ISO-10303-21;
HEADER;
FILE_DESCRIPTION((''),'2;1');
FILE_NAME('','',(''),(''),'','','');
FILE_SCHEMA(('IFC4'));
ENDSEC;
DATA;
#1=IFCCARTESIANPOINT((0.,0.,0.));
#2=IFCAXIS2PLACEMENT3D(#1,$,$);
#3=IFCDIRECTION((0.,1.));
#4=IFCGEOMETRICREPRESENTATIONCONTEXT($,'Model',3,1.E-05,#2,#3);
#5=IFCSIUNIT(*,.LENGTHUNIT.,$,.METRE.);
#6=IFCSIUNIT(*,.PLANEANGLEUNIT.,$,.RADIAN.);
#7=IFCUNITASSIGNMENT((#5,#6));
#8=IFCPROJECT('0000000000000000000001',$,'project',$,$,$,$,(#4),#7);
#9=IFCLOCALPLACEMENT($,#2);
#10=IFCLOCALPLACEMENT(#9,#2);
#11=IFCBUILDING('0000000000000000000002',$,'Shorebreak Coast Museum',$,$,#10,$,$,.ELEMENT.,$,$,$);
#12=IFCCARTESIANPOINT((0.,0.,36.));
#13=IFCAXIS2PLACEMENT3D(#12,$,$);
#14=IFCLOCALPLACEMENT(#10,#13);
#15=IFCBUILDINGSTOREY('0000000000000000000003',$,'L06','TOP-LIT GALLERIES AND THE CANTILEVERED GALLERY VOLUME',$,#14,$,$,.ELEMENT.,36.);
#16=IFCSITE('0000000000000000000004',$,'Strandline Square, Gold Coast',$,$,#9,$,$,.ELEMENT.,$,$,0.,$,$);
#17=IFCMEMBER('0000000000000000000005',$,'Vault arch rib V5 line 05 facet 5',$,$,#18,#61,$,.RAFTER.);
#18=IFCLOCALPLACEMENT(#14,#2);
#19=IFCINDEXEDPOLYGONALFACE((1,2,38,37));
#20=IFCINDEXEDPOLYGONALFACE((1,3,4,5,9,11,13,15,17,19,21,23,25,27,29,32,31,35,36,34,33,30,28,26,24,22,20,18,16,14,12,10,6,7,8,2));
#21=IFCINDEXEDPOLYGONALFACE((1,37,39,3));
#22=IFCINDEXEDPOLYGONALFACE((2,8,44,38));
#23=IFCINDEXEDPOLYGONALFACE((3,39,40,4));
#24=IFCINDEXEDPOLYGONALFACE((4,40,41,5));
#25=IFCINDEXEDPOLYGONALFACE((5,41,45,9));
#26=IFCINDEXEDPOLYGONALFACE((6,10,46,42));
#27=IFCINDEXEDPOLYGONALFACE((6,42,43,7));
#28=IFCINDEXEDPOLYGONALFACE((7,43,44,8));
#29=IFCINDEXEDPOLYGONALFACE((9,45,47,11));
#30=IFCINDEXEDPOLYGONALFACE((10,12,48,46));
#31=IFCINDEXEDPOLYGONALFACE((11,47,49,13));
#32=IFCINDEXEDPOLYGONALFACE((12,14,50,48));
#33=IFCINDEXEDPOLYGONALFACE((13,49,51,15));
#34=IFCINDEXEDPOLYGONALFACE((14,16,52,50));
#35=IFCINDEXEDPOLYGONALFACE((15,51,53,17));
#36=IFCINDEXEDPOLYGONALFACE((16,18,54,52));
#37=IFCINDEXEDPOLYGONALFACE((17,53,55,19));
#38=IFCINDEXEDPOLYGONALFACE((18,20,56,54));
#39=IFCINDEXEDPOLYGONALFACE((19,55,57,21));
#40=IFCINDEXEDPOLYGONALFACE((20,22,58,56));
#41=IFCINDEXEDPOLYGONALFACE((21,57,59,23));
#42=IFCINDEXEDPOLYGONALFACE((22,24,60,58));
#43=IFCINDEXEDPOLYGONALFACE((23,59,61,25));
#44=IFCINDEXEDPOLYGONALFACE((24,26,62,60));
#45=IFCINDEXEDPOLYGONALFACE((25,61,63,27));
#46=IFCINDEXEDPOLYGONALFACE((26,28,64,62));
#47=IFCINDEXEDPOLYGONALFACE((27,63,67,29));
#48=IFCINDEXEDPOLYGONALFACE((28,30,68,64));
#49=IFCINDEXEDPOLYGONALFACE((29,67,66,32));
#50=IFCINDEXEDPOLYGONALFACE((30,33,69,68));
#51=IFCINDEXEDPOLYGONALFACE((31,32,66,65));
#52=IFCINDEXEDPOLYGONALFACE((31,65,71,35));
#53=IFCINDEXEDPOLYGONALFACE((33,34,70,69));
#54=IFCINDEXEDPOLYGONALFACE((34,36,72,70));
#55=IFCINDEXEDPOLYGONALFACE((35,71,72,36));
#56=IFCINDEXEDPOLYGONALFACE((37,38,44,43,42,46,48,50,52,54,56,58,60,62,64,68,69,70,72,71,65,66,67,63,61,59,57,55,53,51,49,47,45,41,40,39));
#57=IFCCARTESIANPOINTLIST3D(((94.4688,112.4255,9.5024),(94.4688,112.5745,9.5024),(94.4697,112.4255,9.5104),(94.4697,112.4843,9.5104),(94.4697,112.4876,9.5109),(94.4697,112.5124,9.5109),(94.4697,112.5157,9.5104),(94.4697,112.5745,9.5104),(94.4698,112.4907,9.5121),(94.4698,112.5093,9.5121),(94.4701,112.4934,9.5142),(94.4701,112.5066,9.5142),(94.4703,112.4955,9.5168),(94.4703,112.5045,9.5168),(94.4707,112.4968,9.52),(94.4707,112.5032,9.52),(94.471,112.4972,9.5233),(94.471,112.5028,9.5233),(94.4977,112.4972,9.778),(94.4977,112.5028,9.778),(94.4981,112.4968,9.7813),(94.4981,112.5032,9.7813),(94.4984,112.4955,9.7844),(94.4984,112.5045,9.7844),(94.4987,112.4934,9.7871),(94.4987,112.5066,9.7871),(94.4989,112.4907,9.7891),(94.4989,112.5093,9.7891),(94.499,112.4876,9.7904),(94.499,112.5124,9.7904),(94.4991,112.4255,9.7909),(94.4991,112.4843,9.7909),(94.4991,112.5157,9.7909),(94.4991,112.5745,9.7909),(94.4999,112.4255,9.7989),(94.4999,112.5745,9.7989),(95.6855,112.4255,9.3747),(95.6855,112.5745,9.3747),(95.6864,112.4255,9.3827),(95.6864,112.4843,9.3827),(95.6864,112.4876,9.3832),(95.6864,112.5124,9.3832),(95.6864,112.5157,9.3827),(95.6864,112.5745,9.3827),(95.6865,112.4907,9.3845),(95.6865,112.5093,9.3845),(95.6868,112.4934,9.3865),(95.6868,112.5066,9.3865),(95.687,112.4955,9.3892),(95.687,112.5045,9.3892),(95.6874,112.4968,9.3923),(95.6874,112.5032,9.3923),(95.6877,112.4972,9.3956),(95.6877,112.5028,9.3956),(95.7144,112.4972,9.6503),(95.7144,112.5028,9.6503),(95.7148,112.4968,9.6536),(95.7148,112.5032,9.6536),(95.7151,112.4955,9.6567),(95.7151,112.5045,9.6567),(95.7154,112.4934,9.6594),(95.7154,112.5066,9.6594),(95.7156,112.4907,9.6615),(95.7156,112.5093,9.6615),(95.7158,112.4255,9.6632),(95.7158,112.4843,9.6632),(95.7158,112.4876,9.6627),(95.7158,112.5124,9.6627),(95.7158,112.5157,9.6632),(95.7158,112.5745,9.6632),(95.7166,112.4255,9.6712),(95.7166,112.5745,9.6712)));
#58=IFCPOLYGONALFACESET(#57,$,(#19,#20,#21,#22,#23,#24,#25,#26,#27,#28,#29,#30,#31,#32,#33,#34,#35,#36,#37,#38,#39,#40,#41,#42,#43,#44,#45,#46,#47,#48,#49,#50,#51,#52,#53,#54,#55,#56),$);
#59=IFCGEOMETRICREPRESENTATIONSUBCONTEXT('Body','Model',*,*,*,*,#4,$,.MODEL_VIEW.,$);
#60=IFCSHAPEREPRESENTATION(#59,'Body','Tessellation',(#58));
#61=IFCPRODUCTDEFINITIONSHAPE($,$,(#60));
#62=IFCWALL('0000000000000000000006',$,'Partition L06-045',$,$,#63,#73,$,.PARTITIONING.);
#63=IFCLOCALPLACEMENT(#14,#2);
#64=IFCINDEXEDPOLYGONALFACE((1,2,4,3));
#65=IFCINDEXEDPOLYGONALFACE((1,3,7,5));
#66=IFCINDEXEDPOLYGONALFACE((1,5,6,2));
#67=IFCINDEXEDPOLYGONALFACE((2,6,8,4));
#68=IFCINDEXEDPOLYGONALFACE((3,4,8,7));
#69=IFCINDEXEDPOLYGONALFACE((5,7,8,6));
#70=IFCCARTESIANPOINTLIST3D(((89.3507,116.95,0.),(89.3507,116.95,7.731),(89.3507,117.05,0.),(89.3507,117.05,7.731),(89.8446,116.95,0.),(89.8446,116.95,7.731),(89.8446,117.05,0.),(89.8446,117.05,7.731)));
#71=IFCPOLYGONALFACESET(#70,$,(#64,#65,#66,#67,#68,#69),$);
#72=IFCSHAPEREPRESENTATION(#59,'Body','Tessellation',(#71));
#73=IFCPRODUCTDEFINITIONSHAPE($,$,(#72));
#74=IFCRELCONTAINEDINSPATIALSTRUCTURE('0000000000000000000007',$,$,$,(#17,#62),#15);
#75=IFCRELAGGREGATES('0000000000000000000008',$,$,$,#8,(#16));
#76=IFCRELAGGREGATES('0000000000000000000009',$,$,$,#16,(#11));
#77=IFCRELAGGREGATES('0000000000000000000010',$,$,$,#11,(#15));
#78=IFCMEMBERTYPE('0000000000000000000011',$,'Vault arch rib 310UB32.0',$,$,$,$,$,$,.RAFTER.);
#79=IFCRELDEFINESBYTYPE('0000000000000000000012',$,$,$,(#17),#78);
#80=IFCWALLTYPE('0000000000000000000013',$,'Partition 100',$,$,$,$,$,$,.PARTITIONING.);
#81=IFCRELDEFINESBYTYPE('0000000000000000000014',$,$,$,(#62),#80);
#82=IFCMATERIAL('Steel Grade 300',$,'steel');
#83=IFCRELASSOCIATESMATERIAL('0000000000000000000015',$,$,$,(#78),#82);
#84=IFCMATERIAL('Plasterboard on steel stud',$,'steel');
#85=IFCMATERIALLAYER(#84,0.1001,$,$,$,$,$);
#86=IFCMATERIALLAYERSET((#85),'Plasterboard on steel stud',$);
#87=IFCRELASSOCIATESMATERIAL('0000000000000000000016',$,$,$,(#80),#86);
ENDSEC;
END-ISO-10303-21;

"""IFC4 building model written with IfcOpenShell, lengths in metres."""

from ifc_helpers import new_model, si_unit, direction, frame, frame_2d, origin, origin_2d, place, context, subcontext, project, spatial, rectangle, i_section, extrude, material, layer, layer_set, material_profile, profile_set, type_object, element, save


model = new_model("IFC4")

# Units and contexts
model_context = context("Model", 3, precision=1e-05, world=origin(), true_north=direction((0.0, 1.0)))
body_context = subcontext(model_context, "Body", "Model", "MODEL_VIEW")
ifc_project = project(units=[si_unit("LENGTHUNIT", "METRE"), si_unit("PLANEANGLEUNIT", "RADIAN")], contexts=[model_context])

# Site, building, storey
site_placement = place(None, origin())
site = spatial("IfcSite", under=ifc_project, at=site_placement, Name="Strandline Square, Gold Coast", CompositionType="ELEMENT", RefElevation=0.0)
building_placement = place(site_placement, origin())
building = spatial("IfcBuilding", under=site, at=building_placement, Name="Shorebreak Coast Museum", CompositionType="ELEMENT")
storey_placement = place(building_placement, frame((0.0, 0.0, 36.0)))
storey = spatial("IfcBuildingStorey", under=building, at=storey_placement, Name="L06", Description="TOP-LIT GALLERIES AND THE CANTILEVERED GALLERY VOLUME", CompositionType="ELEMENT", Elevation=36.0)

# Member
ifc_material_1 = material(Name="Steel Grade 300", Category="steel")
ifc_material_profile_1 = material_profile(ifc_material_1, i_section(OverallWidth=0.1489, OverallDepth=0.2981, WebThickness=0.0056, FlangeThickness=0.0081, FilletRadius=0.0129, at=origin_2d()), Name="310UB32.0")
ifc_profile_set_1 = profile_set([ifc_material_profile_1], Name="Steel Grade 300")
member_type_1 = type_object("IfcMemberType", Name="Vault arch rib 310UB32.0", PredefinedType="RAFTER", material=ifc_profile_set_1)
for number, where, z_axis, x_axis, name in (
    (1, (94.4844, 112.5, 9.6506), (0.994539, 0.0, -0.104363), (0.0, 1.0, 0.0), "Vault arch rib V5 line 05 facet 5"),
):
    element("IfcMember", number, at=place(storey_placement, frame(where, z_axis=z_axis, x_axis=x_axis)), inside=storey, type_object=member_type_1, Name=name, PredefinedType="RAFTER", context=body_context, shape_type="SweptSolid", body=[
        extrude(i_section(OverallWidth=0.1489, OverallDepth=0.2981, WebThickness=0.0056, FlangeThickness=0.0081, FilletRadius=0.0129, at=origin_2d()), origin(), (0.0, 0.0, 1.0), 1.2234),
    ])

# Wall
ifc_material_2 = material(Name="Plasterboard on steel stud", Category="steel")
ifc_layer = layer(ifc_material_2, 0.1001)
ifc_layer_set = layer_set([ifc_layer], Name="Plasterboard on steel stud")
wall_type = type_object("IfcWallType", Name="Partition 100", PredefinedType="PARTITIONING", material=ifc_layer_set)
wall_placement = place(storey_placement, frame((89.3506, 117.0, 0.0), z_axis=(0.0, 0.0, 1.0), x_axis=(1.0, 0.0, 0.0)))
element("IfcWall", 2, at=wall_placement, inside=storey, type_object=wall_type, Name="Partition L06-045", PredefinedType="PARTITIONING", context=body_context, shape_type="SweptSolid", body=[
    extrude(rectangle(XDim=0.4939, YDim=0.1001, at=frame_2d((0.2471, 0.0))), origin(), (0.0, 0.0, 1.0), 7.731),
])

save(model, "model.ifc")
